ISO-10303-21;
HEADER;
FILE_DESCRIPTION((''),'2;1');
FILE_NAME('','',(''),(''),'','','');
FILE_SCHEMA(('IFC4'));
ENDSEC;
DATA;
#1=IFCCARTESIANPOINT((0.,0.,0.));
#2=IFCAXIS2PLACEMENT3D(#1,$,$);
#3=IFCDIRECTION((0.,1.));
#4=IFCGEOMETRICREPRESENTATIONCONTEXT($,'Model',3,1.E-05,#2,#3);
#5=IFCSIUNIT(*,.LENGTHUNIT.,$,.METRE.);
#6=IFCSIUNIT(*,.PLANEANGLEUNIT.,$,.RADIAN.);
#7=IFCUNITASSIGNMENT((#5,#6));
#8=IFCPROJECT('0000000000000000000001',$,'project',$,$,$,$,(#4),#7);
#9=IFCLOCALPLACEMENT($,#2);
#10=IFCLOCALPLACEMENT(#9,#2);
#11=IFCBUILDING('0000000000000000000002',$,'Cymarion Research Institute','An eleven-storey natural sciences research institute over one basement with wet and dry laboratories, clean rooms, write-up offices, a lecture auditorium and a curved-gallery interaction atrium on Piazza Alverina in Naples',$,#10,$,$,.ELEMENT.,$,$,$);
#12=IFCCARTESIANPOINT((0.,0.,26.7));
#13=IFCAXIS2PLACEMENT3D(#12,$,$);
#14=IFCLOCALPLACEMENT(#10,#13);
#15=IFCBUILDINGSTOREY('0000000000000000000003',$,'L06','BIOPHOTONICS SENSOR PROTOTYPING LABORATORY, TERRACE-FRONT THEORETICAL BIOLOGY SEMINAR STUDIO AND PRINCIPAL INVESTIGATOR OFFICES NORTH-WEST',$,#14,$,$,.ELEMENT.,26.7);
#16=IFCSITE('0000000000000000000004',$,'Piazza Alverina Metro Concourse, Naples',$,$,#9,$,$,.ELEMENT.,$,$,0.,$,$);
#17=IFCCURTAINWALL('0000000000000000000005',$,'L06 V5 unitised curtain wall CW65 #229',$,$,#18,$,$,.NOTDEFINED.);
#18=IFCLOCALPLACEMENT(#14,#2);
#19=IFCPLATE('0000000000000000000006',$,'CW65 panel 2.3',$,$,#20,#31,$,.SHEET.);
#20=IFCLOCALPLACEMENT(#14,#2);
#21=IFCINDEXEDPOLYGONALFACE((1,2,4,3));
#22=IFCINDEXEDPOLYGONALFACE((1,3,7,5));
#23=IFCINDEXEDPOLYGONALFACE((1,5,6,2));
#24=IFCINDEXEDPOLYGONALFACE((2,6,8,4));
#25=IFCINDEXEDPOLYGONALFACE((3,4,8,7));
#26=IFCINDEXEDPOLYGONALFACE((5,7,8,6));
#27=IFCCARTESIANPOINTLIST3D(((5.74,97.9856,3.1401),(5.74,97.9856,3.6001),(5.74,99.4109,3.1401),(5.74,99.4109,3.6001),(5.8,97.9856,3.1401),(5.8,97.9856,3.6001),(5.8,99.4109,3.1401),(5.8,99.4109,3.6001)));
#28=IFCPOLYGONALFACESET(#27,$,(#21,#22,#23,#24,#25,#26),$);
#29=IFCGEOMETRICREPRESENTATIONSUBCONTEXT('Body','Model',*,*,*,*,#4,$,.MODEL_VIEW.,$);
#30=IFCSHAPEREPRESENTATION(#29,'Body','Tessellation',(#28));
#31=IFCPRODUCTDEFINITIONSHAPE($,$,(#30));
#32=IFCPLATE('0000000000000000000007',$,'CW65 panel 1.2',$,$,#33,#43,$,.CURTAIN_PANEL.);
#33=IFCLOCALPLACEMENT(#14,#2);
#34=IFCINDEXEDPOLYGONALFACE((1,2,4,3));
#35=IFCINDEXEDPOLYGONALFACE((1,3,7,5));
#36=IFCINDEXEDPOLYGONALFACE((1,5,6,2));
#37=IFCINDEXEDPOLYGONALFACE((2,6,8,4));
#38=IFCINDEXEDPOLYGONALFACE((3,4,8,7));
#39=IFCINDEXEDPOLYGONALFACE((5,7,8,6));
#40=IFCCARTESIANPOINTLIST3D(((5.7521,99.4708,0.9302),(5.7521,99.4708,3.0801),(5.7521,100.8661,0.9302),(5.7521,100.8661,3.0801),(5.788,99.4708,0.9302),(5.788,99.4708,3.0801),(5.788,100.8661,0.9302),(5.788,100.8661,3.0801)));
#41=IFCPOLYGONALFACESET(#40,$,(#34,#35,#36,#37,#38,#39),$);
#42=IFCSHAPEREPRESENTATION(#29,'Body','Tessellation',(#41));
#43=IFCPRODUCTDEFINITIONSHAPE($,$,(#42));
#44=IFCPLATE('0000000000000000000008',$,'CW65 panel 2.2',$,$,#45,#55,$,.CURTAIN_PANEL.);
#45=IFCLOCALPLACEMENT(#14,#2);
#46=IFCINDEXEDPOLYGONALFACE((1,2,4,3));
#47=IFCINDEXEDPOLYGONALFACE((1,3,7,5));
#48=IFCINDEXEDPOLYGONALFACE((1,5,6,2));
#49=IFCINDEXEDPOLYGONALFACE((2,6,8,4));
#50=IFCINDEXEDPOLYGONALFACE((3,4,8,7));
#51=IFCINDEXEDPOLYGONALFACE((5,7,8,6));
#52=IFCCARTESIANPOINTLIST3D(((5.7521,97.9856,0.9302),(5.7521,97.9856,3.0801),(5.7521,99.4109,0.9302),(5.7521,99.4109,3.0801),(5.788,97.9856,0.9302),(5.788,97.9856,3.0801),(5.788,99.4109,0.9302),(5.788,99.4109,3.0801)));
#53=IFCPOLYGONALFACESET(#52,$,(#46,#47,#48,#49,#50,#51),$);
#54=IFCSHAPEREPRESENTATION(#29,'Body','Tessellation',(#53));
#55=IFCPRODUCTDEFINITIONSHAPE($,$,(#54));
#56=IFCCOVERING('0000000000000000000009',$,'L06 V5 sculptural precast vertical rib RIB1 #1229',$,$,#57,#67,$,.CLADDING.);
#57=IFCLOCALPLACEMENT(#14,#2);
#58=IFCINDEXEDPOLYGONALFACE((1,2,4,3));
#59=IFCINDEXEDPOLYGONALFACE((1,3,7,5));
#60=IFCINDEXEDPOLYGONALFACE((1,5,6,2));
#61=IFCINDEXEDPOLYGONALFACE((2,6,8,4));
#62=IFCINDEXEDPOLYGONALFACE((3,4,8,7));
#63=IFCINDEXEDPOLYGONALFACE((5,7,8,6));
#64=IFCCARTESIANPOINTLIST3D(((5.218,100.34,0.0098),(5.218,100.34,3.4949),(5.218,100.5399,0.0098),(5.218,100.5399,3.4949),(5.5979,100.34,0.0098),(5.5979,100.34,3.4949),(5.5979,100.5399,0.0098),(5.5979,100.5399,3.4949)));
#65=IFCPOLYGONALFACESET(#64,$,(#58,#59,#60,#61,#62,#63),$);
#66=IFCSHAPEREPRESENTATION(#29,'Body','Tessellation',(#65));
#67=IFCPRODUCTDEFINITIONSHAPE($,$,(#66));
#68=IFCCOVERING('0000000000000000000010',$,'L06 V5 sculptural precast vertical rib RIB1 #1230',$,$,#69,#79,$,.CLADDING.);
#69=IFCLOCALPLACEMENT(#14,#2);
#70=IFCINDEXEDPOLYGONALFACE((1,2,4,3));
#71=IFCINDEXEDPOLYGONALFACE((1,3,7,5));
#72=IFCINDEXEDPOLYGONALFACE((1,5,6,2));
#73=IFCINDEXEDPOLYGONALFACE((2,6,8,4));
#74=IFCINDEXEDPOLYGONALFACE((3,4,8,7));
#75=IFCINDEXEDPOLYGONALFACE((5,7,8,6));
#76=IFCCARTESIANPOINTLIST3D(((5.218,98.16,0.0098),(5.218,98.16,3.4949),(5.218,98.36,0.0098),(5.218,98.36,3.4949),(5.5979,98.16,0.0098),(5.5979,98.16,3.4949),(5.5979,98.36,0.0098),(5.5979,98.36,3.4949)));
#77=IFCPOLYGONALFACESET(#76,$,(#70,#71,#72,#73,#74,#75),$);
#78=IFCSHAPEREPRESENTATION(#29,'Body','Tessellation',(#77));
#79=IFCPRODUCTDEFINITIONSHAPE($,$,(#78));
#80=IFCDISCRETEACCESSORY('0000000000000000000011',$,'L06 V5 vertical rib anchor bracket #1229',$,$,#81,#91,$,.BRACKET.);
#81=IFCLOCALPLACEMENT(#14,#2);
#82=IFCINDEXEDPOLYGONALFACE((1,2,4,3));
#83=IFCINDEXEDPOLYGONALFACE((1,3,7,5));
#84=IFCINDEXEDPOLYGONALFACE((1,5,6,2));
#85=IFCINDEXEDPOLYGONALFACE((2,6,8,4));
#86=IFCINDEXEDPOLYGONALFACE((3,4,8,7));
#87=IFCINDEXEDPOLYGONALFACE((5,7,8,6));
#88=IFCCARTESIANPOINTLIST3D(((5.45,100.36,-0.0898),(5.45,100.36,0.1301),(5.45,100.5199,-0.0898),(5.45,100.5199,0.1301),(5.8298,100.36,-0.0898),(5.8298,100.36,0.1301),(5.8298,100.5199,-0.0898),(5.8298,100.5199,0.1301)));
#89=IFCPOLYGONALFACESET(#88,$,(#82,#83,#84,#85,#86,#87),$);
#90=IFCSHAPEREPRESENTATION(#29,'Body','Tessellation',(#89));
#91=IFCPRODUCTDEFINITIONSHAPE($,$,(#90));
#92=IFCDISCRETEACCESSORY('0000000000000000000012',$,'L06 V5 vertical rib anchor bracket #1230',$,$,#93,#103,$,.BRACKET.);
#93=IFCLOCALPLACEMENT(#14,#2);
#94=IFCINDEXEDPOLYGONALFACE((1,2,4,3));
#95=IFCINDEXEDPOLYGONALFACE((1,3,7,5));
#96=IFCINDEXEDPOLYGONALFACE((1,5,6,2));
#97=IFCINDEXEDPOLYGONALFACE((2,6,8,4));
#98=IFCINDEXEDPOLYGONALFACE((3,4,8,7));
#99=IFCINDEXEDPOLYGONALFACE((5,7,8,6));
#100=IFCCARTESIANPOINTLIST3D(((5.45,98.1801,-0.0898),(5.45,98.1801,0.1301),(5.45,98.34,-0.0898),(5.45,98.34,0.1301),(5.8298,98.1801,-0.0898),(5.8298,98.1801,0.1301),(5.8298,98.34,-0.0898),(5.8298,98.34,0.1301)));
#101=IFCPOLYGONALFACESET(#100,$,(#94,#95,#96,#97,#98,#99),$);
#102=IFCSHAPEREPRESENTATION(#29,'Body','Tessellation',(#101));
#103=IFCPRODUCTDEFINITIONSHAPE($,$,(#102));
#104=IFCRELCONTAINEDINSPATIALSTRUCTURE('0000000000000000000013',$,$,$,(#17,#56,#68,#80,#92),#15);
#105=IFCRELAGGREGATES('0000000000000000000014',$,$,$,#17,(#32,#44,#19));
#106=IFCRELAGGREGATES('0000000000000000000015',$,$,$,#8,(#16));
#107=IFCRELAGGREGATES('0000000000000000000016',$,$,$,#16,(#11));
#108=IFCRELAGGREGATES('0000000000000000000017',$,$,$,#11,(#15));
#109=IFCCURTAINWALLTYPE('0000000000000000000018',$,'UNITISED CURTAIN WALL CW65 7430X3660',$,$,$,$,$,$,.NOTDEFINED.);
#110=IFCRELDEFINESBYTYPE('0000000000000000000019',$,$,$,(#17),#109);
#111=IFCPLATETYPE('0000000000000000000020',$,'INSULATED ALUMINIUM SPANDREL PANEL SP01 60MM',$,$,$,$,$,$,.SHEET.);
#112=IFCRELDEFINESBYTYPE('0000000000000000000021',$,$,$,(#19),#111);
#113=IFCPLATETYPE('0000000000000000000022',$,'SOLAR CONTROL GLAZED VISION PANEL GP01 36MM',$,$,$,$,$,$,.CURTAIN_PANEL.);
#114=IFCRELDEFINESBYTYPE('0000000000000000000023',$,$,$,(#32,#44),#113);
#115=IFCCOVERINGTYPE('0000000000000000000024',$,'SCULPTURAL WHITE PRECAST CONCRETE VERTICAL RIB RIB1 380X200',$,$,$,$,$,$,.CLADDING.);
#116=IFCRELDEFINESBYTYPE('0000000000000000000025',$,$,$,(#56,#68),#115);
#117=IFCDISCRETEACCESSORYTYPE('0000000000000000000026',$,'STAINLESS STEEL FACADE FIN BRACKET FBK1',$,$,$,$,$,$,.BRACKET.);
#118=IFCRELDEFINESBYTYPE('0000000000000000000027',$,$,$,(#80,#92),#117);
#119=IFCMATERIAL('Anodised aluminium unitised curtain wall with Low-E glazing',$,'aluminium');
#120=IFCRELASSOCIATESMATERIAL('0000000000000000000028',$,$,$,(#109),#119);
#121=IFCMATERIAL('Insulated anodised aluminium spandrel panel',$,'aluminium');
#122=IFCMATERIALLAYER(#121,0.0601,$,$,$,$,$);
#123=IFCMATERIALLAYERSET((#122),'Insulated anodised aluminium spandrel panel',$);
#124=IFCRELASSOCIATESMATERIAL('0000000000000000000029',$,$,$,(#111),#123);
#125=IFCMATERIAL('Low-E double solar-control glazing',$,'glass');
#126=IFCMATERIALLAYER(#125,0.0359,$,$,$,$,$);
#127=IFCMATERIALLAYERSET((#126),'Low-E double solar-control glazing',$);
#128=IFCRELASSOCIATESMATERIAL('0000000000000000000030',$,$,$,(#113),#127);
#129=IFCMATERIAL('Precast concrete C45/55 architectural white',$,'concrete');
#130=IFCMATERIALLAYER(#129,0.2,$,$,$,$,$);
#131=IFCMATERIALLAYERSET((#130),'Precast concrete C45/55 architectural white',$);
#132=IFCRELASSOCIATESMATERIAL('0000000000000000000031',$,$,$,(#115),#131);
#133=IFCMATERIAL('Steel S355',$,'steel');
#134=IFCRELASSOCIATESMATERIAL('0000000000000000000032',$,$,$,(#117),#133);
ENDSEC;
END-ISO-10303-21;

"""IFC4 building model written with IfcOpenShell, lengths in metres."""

from ifc_helpers import new_model, si_unit, direction, frame, origin, origin_2d, place, context, subcontext, project, spatial, rectangle, extrude, material, layer, layer_set, type_object, element, aggregate, save


model = new_model("IFC4")

# Units and contexts
model_context = context("Model", 3, precision=1e-05, world=origin(), true_north=direction((0.0, 1.0)))
body_context = subcontext(model_context, "Body", "Model", "MODEL_VIEW")
ifc_project = project(units=[si_unit("LENGTHUNIT", "METRE"), si_unit("PLANEANGLEUNIT", "RADIAN")], contexts=[model_context])

# Site, building, storey
site_placement = place(None, origin())
site = spatial("IfcSite", under=ifc_project, at=site_placement, Name="Piazza Alverina Metro Concourse, Naples", CompositionType="ELEMENT", RefElevation=0.0)
building_placement = place(site_placement, origin())
building = spatial("IfcBuilding", under=site, at=building_placement, Name="Cymarion Research Institute", Description="An eleven-storey natural sciences research institute over one basement with wet and dry laboratories, clean rooms, write-up offices, a lecture auditorium and a curved-gallery interaction atrium on Piazza Alverina in Naples", CompositionType="ELEMENT")
storey_placement = place(building_placement, frame((0.0, 0.0, 26.7)))
storey = spatial("IfcBuildingStorey", under=building, at=storey_placement, Name="L06", Description="BIOPHOTONICS SENSOR PROTOTYPING LABORATORY, TERRACE-FRONT THEORETICAL BIOLOGY SEMINAR STUDIO AND PRINCIPAL INVESTIGATOR OFFICES NORTH-WEST", CompositionType="ELEMENT", Elevation=26.7)

# Shared definitions
ifc_material_1 = material(Name="Anodised aluminium unitised curtain wall with Low-E glazing", Category="aluminium")
curtain_wall_type = type_object("IfcCurtainWallType", Name="UNITISED CURTAIN WALL CW65 7430X3660", PredefinedType="NOTDEFINED", material=ifc_material_1)

# Curtain wall, plates
curtain_wall_1_placement = place(storey_placement, origin())
curtain_wall_1 = element("IfcCurtainWall", 1, at=curtain_wall_1_placement, inside=storey, type_object=curtain_wall_type, Name="L06 V5 unitised curtain wall CW65 #229", PredefinedType="NOTDEFINED")
ifc_material_2 = material(Name="Insulated anodised aluminium spandrel panel", Category="aluminium")
ifc_layer_1 = layer(ifc_material_2, 0.0601)
ifc_layer_set_1 = layer_set([ifc_layer_1], Name="Insulated anodised aluminium spandrel panel")
plate_type_1 = type_object("IfcPlateType", Name="INSULATED ALUMINIUM SPANDREL PANEL SP01 60MM", PredefinedType="SHEET", material=ifc_layer_set_1)
plate_1_placement = place(storey_placement, frame((5.77, 98.6982, 3.1401), z_axis=(0.0, 0.0, 1.0), x_axis=(0.0, -1.0, 0.0)))
plate_1 = element("IfcPlate", 2, at=plate_1_placement, type_object=plate_type_1, Name="CW65 panel 2.3", PredefinedType="SHEET", context=body_context, shape_type="SweptSolid", body=[
    extrude(rectangle(XDim=1.4253, YDim=0.0601, at=origin_2d()), origin(), (0.0, 0.0, 1.0), 0.46),
])
ifc_material_3 = material(Name="Low-E double solar-control glazing", Category="glass")
ifc_layer_2 = layer(ifc_material_3, 0.0359)
ifc_layer_set_2 = layer_set([ifc_layer_2], Name="Low-E double solar-control glazing")
plate_type_2 = type_object("IfcPlateType", Name="SOLAR CONTROL GLAZED VISION PANEL GP01 36MM", PredefinedType="CURTAIN_PANEL", material=ifc_layer_set_2)
plate_2_placement = place(storey_placement, frame((5.77, 100.1685, 0.9302), z_axis=(0.0, 0.0, 1.0), x_axis=(0.0, -1.0, 0.0)))
plate_2 = element("IfcPlate", 3, at=plate_2_placement, type_object=plate_type_2, Name="CW65 panel 1.2", PredefinedType="CURTAIN_PANEL", context=body_context, shape_type="SweptSolid", body=[
    extrude(rectangle(XDim=1.3953, YDim=0.0359, at=origin_2d()), origin(), (0.0, 0.0, 1.0), 2.1499),
])
plate_3_placement = place(storey_placement, frame((5.77, 98.6982, 0.9302), z_axis=(0.0, 0.0, 1.0), x_axis=(0.0, -1.0, 0.0)))
plate_3 = element("IfcPlate", 4, at=plate_3_placement, type_object=plate_type_2, Name="CW65 panel 2.2", PredefinedType="CURTAIN_PANEL", context=body_context, shape_type="SweptSolid", body=[
    extrude(rectangle(XDim=1.4253, YDim=0.0359, at=origin_2d()), origin(), (0.0, 0.0, 1.0), 2.1499),
])
aggregate(curtain_wall_1, [plate_2, plate_3, plate_1])

# Coverings
ifc_material_4 = material(Name="Precast concrete C45/55 architectural white", Category="concrete")
ifc_layer_3 = layer(ifc_material_4, 0.2)
ifc_layer_set_3 = layer_set([ifc_layer_3], Name="Precast concrete C45/55 architectural white")
covering_type = type_object("IfcCoveringType", Name="SCULPTURAL WHITE PRECAST CONCRETE VERTICAL RIB RIB1 380X200", PredefinedType="CLADDING", material=ifc_layer_set_3)
for number, where, z_axis, x_axis, name in (
    (5, (5.408, 100.4399, 0.0098), (0.0, 0.0, 1.0), (-1.0, 0.0, 0.0), "L06 V5 sculptural precast vertical rib RIB1 #1229"),
    (6, (5.408, 98.26, 0.0098), (0.0, 0.0, 1.0), (-1.0, 0.0, 0.0), "L06 V5 sculptural precast vertical rib RIB1 #1230"),
):
    element("IfcCovering", number, at=place(storey_placement, frame(where, z_axis=z_axis, x_axis=x_axis)), inside=storey, type_object=covering_type, Name=name, PredefinedType="CLADDING", context=body_context, shape_type="SweptSolid", body=[
        extrude(rectangle(XDim=0.3799, YDim=0.2, at=origin_2d()), origin(), (0.0, 0.0, 1.0), 3.4851),
    ])

# Discrete accessories
ifc_material_5 = material(Name="Steel S355", Category="steel")
discrete_accessory_type = type_object("IfcDiscreteAccessoryType", Name="STAINLESS STEEL FACADE FIN BRACKET FBK1", PredefinedType="BRACKET", material=ifc_material_5)
for number, where, z_axis, x_axis, name in (
    (7, (5.6399, 100.4399, -0.0898), (0.0, 0.0, 1.0), (-1.0, 0.0, 0.0), "L06 V5 vertical rib anchor bracket #1229"),
    (8, (5.6399, 98.26, -0.0898), (0.0, 0.0, 1.0), (-1.0, 0.0, 0.0), "L06 V5 vertical rib anchor bracket #1230"),
):
    element("IfcDiscreteAccessory", number, at=place(storey_placement, frame(where, z_axis=z_axis, x_axis=x_axis)), inside=storey, type_object=discrete_accessory_type, Name=name, PredefinedType="BRACKET", context=body_context, shape_type="SweptSolid", body=[
        extrude(rectangle(XDim=0.3799, YDim=0.1599, at=origin_2d()), origin(), (0.0, 0.0, 1.0), 0.22),
    ])

save(model, "model.ifc")
